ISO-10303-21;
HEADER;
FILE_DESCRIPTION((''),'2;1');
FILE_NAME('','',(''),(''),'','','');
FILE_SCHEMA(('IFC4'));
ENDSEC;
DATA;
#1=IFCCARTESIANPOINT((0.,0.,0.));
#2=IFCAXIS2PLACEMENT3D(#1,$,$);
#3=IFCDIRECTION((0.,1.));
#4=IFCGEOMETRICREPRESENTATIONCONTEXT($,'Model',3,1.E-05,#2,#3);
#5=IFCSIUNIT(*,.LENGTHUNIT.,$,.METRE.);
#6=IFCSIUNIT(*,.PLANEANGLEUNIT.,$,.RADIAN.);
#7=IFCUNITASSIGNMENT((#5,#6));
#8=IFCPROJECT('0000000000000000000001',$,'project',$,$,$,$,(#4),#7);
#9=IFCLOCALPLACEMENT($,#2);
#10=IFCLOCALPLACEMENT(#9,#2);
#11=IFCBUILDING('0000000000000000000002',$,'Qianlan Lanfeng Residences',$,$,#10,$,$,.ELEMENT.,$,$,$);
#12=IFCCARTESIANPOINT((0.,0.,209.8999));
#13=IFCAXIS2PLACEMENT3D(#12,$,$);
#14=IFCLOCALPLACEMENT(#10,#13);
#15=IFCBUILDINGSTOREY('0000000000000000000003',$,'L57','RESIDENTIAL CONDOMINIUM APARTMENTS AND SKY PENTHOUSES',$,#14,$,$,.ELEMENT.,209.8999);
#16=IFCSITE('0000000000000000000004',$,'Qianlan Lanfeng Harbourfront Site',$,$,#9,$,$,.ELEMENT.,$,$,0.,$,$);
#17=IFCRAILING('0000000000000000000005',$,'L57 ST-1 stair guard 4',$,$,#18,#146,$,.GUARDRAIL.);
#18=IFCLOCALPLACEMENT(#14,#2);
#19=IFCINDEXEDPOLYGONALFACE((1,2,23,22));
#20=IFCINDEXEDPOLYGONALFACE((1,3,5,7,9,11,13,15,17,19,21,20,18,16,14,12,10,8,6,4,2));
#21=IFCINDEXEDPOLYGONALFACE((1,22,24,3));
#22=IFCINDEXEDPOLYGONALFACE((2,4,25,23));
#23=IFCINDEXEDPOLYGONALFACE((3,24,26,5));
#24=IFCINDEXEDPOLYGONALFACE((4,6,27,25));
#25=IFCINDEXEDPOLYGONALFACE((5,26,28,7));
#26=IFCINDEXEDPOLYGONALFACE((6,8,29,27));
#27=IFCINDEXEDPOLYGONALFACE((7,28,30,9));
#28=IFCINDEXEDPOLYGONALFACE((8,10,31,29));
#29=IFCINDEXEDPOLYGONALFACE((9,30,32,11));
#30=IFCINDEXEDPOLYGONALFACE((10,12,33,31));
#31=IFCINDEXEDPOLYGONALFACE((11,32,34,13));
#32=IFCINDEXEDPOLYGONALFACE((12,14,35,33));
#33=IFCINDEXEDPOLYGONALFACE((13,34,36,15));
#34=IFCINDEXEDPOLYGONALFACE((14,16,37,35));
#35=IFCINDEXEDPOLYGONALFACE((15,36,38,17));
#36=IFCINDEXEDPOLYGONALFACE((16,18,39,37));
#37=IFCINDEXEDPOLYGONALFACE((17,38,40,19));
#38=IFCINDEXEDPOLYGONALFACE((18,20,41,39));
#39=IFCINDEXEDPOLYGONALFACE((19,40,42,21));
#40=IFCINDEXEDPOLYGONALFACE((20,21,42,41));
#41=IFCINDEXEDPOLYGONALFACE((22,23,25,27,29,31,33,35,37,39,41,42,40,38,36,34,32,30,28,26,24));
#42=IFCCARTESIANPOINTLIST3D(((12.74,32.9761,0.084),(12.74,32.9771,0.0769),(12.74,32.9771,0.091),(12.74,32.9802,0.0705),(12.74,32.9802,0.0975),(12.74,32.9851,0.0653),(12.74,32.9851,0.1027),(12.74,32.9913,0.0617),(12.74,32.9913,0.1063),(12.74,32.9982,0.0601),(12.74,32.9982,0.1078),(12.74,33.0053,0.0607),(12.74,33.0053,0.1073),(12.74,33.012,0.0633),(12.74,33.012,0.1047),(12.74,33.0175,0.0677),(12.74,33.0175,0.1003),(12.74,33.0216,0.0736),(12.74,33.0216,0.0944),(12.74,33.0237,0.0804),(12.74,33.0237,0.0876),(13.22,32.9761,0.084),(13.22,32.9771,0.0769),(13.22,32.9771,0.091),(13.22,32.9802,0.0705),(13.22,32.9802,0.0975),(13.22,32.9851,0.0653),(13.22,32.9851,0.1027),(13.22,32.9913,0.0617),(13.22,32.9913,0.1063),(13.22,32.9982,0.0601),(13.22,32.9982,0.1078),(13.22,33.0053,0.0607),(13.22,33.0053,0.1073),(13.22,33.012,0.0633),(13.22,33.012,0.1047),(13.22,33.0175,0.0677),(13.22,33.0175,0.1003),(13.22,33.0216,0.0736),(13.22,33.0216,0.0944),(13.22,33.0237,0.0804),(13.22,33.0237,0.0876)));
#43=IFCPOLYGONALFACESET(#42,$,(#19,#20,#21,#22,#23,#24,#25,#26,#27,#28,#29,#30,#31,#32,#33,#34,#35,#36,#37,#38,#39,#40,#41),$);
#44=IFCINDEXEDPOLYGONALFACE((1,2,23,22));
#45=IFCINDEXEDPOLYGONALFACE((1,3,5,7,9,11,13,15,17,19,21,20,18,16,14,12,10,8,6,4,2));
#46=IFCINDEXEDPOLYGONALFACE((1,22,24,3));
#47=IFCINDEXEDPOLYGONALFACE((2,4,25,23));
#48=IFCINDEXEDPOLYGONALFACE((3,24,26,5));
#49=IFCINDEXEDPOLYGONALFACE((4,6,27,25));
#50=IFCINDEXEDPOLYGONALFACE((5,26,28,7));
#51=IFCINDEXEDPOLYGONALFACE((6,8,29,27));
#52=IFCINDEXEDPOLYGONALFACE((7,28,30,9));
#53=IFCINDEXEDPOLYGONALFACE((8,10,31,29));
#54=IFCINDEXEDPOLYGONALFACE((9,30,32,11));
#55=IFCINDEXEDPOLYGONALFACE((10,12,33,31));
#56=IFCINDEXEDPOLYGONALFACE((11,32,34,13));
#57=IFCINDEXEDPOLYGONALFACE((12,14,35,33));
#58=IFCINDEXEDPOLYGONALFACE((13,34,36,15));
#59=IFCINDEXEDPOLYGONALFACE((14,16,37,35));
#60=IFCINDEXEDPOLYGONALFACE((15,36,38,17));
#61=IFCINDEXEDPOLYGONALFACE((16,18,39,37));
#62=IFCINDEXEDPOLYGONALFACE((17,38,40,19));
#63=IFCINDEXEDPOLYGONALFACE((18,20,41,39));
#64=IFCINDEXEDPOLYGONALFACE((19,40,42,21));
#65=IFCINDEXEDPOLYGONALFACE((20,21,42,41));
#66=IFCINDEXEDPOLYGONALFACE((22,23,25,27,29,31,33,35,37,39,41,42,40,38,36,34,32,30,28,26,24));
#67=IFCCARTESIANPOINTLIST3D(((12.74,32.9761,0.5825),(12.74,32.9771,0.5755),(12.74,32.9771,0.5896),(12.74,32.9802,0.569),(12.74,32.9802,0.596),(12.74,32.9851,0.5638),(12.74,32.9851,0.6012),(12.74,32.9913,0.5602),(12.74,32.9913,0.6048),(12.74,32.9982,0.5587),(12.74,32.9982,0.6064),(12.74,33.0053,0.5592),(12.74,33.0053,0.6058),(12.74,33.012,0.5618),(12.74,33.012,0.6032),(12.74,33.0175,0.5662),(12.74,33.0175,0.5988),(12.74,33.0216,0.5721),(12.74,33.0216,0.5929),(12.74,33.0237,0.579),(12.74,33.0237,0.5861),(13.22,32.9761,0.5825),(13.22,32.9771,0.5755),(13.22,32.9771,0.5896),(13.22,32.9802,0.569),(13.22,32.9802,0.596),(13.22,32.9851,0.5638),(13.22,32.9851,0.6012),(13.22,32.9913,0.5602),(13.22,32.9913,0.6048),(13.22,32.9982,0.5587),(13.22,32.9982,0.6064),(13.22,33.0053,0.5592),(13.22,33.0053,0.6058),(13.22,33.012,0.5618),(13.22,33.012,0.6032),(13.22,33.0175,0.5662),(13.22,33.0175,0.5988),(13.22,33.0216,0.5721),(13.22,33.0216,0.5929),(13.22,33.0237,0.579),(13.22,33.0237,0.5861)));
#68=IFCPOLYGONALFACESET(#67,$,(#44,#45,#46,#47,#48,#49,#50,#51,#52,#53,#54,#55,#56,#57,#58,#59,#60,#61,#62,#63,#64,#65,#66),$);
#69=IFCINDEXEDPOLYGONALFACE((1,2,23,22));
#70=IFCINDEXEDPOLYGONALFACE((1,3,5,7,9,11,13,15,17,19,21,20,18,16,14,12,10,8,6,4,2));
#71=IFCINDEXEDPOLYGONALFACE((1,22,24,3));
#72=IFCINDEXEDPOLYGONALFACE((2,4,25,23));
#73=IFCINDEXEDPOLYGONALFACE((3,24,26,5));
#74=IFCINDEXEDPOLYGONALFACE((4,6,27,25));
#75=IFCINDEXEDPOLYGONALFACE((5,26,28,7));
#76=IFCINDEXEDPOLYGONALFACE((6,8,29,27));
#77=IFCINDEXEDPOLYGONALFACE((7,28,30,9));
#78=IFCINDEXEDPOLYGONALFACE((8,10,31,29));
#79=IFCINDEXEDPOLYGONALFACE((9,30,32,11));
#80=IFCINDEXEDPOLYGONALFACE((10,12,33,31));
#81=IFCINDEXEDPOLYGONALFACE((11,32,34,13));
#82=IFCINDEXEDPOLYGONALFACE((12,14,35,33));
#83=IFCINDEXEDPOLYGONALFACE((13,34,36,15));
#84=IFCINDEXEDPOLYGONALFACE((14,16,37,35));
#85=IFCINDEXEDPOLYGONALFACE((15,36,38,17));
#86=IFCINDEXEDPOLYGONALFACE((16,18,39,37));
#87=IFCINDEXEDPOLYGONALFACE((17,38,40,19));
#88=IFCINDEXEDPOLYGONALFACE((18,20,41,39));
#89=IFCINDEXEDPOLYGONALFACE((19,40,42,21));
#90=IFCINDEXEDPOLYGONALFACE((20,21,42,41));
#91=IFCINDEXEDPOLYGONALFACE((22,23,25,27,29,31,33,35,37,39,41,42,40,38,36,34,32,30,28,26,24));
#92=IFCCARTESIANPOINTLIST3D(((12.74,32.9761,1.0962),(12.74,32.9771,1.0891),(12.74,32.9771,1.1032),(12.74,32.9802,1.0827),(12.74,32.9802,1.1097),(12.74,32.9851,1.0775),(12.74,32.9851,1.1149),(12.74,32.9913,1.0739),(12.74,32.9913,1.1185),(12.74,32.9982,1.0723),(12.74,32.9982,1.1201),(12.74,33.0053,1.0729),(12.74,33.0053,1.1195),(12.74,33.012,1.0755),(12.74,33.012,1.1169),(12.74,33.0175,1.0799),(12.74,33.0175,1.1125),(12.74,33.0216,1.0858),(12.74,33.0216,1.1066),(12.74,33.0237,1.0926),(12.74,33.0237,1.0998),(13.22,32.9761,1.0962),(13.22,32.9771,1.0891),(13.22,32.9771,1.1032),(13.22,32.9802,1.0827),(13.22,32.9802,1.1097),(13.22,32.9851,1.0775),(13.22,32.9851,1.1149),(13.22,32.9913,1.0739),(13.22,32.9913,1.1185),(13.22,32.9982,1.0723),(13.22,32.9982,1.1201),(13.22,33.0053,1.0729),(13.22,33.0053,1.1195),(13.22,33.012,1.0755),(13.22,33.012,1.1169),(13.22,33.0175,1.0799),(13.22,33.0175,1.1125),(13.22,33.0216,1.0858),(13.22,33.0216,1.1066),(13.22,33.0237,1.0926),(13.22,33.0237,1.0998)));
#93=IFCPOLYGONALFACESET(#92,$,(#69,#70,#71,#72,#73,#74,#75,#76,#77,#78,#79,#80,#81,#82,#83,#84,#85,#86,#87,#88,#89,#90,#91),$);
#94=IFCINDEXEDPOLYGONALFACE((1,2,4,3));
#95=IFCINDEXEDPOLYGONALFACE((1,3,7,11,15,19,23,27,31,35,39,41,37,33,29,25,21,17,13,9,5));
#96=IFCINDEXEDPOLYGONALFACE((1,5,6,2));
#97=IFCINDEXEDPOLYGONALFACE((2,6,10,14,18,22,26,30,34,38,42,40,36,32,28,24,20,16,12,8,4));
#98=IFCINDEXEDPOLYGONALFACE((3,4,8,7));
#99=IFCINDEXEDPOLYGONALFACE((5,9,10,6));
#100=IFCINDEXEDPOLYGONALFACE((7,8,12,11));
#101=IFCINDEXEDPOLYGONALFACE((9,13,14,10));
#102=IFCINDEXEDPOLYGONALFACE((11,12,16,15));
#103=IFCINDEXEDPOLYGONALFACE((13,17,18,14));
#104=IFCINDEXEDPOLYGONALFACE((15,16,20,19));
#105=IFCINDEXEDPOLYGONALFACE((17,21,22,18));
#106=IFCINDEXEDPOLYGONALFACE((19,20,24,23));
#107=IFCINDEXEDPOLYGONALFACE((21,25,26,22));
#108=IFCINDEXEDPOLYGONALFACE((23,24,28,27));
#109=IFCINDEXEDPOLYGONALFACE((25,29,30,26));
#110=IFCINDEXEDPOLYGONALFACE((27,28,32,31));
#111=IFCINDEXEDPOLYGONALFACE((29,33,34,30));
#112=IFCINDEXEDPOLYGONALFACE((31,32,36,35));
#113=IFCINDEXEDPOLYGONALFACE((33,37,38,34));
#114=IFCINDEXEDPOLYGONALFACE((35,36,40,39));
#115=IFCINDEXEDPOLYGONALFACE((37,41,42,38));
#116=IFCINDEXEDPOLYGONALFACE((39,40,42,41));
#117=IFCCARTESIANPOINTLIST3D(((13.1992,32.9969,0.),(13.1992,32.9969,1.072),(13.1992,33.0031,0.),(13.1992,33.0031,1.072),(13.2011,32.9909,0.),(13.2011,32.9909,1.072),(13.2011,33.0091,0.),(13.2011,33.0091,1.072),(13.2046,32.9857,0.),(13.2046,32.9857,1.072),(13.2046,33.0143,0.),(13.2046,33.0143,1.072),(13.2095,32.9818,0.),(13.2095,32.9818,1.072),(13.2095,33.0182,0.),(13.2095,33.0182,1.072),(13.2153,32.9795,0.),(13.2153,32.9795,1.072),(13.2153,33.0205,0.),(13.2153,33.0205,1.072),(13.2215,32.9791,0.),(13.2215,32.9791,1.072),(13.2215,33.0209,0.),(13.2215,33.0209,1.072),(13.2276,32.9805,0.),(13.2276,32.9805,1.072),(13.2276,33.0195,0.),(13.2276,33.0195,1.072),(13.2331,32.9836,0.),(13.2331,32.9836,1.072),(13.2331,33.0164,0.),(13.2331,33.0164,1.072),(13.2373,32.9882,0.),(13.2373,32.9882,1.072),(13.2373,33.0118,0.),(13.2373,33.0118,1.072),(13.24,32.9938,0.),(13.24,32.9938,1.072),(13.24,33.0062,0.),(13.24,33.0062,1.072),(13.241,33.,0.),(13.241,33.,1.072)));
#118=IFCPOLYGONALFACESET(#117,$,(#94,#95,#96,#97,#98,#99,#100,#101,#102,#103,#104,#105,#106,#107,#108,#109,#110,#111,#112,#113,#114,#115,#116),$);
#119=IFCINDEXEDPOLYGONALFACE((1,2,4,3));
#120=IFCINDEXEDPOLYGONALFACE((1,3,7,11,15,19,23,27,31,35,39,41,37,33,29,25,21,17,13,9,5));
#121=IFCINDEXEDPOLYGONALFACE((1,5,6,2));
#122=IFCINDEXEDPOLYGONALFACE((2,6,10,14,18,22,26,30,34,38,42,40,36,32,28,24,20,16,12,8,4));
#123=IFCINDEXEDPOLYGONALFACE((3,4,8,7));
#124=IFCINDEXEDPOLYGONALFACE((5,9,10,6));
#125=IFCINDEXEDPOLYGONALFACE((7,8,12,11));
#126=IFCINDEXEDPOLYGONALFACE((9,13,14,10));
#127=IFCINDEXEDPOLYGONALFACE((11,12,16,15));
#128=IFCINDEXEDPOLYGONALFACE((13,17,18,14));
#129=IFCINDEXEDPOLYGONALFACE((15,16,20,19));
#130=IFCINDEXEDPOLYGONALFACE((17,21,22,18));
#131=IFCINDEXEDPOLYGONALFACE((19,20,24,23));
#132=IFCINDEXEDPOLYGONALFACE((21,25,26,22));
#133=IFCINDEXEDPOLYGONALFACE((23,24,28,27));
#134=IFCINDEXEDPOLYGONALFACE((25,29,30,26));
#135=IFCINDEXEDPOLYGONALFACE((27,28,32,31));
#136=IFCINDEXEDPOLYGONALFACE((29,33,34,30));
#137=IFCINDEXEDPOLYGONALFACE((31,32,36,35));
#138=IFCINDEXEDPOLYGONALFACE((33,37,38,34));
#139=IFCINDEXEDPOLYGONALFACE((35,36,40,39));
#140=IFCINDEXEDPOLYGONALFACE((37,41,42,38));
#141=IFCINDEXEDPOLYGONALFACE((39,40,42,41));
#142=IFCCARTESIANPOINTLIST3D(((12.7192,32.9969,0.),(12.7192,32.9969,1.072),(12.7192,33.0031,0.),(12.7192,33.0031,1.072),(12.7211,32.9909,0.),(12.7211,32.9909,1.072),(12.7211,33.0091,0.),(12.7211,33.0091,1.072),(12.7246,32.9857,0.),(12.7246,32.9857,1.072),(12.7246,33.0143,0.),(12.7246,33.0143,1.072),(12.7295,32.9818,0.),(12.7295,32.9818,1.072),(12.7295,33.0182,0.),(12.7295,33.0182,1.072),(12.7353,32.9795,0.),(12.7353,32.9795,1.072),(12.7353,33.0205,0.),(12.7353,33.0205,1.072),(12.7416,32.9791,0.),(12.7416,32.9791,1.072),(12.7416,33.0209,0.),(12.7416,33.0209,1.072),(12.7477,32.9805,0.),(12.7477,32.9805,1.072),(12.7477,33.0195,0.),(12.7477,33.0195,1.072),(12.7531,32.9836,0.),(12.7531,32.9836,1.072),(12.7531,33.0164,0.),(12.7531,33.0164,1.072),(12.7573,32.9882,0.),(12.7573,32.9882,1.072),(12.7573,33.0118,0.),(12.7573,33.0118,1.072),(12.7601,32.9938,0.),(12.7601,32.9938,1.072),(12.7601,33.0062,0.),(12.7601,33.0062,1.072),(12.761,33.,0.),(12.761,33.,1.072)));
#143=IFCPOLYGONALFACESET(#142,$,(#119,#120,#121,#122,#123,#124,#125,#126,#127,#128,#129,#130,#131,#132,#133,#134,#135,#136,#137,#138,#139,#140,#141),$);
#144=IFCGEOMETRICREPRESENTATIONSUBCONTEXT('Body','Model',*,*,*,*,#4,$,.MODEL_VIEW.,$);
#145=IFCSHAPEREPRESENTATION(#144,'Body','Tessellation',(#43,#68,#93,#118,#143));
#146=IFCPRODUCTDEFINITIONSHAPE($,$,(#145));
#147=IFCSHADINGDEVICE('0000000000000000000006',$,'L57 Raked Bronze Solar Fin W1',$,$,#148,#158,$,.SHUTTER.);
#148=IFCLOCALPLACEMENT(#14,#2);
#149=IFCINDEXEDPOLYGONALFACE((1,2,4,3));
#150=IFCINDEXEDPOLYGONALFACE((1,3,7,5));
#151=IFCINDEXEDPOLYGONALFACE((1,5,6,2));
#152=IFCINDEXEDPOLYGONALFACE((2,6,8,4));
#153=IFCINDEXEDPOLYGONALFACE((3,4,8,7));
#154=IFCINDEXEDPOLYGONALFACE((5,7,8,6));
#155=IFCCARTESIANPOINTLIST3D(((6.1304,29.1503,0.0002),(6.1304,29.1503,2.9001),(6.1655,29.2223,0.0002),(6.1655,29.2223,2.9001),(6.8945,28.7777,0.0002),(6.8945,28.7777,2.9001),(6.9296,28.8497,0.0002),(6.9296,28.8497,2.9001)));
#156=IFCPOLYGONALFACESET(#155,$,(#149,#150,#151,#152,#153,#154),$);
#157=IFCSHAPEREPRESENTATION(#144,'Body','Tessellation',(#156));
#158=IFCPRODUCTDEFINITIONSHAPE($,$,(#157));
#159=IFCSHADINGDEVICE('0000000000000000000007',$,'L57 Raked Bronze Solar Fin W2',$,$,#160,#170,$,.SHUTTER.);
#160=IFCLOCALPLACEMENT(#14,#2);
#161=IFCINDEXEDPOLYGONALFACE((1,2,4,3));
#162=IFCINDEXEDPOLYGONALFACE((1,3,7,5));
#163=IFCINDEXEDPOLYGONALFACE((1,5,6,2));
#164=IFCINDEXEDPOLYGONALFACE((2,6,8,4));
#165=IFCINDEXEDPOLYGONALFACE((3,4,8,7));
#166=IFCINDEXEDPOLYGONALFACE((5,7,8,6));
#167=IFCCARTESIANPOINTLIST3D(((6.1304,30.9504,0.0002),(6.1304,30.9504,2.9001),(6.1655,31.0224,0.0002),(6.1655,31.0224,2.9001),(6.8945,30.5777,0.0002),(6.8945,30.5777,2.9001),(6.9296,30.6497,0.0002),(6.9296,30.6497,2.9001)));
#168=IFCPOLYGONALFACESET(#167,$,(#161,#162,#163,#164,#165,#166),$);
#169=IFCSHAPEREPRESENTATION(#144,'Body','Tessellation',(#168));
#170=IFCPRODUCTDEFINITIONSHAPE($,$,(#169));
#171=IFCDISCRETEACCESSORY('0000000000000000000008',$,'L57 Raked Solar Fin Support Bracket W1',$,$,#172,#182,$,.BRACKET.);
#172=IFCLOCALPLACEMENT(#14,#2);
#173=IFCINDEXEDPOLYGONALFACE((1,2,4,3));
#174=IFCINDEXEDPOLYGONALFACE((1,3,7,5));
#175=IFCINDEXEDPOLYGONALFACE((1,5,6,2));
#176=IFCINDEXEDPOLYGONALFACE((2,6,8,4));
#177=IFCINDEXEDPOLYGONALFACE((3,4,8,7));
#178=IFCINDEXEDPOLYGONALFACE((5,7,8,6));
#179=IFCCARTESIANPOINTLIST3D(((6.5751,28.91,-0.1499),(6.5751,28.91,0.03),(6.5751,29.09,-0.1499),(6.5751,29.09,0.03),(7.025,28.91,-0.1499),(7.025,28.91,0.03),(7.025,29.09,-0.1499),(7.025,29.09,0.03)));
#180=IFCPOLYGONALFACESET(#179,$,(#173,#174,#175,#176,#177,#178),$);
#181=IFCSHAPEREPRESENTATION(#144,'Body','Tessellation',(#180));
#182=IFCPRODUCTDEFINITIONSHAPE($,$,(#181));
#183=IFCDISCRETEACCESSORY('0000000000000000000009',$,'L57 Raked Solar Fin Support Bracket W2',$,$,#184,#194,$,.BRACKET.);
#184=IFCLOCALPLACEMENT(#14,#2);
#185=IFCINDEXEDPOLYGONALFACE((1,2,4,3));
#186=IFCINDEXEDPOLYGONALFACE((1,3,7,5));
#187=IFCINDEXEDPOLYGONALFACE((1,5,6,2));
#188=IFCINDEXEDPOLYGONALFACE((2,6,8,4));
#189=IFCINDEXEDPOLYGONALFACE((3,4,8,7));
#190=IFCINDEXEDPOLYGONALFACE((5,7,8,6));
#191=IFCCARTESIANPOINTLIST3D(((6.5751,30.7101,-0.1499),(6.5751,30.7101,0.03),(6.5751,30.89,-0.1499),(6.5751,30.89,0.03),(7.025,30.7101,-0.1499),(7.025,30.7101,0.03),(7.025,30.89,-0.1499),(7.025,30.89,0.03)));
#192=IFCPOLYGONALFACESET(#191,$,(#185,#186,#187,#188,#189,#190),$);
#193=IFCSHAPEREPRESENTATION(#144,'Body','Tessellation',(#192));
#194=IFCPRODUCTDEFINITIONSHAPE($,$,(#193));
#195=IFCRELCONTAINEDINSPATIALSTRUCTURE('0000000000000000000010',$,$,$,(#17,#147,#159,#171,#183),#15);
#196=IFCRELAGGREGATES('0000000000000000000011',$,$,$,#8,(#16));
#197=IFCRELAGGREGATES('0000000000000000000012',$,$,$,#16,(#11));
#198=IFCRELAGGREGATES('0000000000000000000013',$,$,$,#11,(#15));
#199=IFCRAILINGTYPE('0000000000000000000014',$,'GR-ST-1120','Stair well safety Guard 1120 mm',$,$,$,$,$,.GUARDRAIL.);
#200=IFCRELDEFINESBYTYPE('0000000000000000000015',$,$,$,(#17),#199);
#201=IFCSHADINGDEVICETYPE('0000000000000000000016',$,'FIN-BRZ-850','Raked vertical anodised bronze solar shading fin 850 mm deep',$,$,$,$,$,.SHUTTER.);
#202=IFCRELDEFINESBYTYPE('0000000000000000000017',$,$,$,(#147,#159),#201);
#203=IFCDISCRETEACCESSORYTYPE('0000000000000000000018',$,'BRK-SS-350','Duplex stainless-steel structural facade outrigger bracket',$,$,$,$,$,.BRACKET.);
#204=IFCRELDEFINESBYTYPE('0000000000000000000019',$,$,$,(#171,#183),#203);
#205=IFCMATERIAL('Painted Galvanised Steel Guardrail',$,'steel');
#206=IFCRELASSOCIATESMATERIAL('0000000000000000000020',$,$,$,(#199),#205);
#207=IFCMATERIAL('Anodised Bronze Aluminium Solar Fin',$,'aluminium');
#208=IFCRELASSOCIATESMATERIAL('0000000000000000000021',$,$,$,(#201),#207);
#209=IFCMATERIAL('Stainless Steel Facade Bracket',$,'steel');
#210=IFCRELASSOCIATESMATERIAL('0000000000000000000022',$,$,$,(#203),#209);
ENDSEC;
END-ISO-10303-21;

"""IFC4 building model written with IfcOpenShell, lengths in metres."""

from ifc_helpers import new_model, si_unit, direction, frame, origin, origin_2d, place, context, subcontext, project, spatial, rectangle, circle, extrude, source, transform, mapped, material, type_object, element, save


model = new_model("IFC4")

# Units and contexts
model_context = context("Model", 3, precision=1e-05, world=origin(), true_north=direction((0.0, 1.0)))
body_context = subcontext(model_context, "Body", "Model", "MODEL_VIEW")
ifc_project = project(units=[si_unit("LENGTHUNIT", "METRE"), si_unit("PLANEANGLEUNIT", "RADIAN")], contexts=[model_context])

# Site, building, storey
site_placement = place(None, origin())
site = spatial("IfcSite", under=ifc_project, at=site_placement, Name="Qianlan Lanfeng Harbourfront Site", CompositionType="ELEMENT", RefElevation=0.0)
building_placement = place(site_placement, origin())
building = spatial("IfcBuilding", under=site, at=building_placement, Name="Qianlan Lanfeng Residences", CompositionType="ELEMENT")
storey_placement = place(building_placement, frame((0.0, 0.0, 209.8999)))
storey = spatial("IfcBuildingStorey", under=building, at=storey_placement, Name="L57", Description="RESIDENTIAL CONDOMINIUM APARTMENTS AND SKY PENTHOUSES", CompositionType="ELEMENT", Elevation=209.8999)

# Railing
ifc_material_1 = material(Name="Painted Galvanised Steel Guardrail", Category="steel")
railing_type = type_object("IfcRailingType", Name="GR-ST-1120", Description="Stair well safety Guard 1120 mm", PredefinedType="GUARDRAIL", material=ifc_material_1)
railing_1_placement = place(storey_placement, frame((13.22, 33.0, 0.0)))
element("IfcRailing", 1, at=railing_1_placement, inside=storey, type_object=railing_type, Name="L57 ST-1 stair guard 4", PredefinedType="GUARDRAIL", context=body_context, shape_type="SweptSolid", body=[
    extrude(circle(Radius=0.0239, at=origin_2d()), frame((0.0, 0.0, 0.084), z_axis=(-1.0, 0.0, 0.0), x_axis=(0.0, -1.0, 0.0)), (0.0, 0.0, 1.0), 0.48),
    extrude(circle(Radius=0.0239, at=origin_2d()), frame((0.0, 0.0, 0.5825), z_axis=(-1.0, 0.0, 0.0), x_axis=(0.0, -1.0, 0.0)), (0.0, 0.0, 1.0), 0.48),
    extrude(circle(Radius=0.0239, at=origin_2d()), frame((0.0, 0.0, 1.0962), z_axis=(-1.0, 0.0, 0.0), x_axis=(0.0, -1.0, 0.0)), (0.0, 0.0, 1.0), 0.48),
    extrude(circle(Radius=0.021, at=origin_2d()), origin(), (0.0, 0.0, 1.0), 1.072),
    extrude(circle(Radius=0.021, at=origin_2d()), frame((-0.48, 0.0, 0.0)), (0.0, 0.0, 1.0), 1.072),
])

# Shading devices
ifc_material_2 = material(Name="Anodised Bronze Aluminium Solar Fin", Category="aluminium")
shading_device_type = type_object("IfcShadingDeviceType", Name="FIN-BRZ-850", Description="Raked vertical anodised bronze solar shading fin 850 mm deep", PredefinedType="SHUTTER", material=ifc_material_2)
shared_shape_1 = source(origin(), body_context, "Body", "SweptSolid", [
    extrude(rectangle(XDim=0.8501, YDim=0.0801, at=origin_2d()), origin(), (0.0, 0.0, 1.0), 2.8999),
])
for number, where, z_axis, x_axis, name in (
    (2, (6.53, 29.0, 0.0002), (0.0, 0.0, 1.0), (0.898794, -0.438371, 0.0), "L57 Raked Bronze Solar Fin W1"),
    (3, (6.53, 30.8, 0.0002), (0.0, 0.0, 1.0), (0.898794, -0.438371, 0.0), "L57 Raked Bronze Solar Fin W2"),
):
    element("IfcShadingDevice", number, at=place(storey_placement, frame(where, z_axis=z_axis, x_axis=x_axis)), inside=storey, type_object=shading_device_type, Name=name, PredefinedType="SHUTTER", context=body_context, shape_type="MappedRepresentation", body=[
        mapped(shared_shape_1, transform((0.0, 0.0, 0.0), scale=1.0)),
    ])

# Discrete accessories
ifc_material_3 = material(Name="Stainless Steel Facade Bracket", Category="steel")
discrete_accessory_type = type_object("IfcDiscreteAccessoryType", Name="BRK-SS-350", Description="Duplex stainless-steel structural facade outrigger bracket", PredefinedType="BRACKET", material=ifc_material_3)
shared_shape_2 = source(origin(), body_context, "Body", "SweptSolid", [
    extrude(rectangle(XDim=0.45, YDim=0.1799, at=origin_2d()), origin(), (0.0, 0.0, 1.0), 0.1799),
])
for number, where, z_axis, x_axis, name in (
    (4, (6.8, 29.0, -0.1499), (0.0, 0.0, 1.0), (1.0, 0.0, 0.0), "L57 Raked Solar Fin Support Bracket W1"),
    (5, (6.8, 30.8, -0.1499), (0.0, 0.0, 1.0), (1.0, 0.0, 0.0), "L57 Raked Solar Fin Support Bracket W2"),
):
    element("IfcDiscreteAccessory", number, at=place(storey_placement, frame(where, z_axis=z_axis, x_axis=x_axis)), inside=storey, type_object=discrete_accessory_type, Name=name, PredefinedType="BRACKET", context=body_context, shape_type="MappedRepresentation", body=[
        mapped(shared_shape_2, transform((0.0, 0.0, 0.0), scale=1.0)),
    ])

save(model, "model.ifc")
